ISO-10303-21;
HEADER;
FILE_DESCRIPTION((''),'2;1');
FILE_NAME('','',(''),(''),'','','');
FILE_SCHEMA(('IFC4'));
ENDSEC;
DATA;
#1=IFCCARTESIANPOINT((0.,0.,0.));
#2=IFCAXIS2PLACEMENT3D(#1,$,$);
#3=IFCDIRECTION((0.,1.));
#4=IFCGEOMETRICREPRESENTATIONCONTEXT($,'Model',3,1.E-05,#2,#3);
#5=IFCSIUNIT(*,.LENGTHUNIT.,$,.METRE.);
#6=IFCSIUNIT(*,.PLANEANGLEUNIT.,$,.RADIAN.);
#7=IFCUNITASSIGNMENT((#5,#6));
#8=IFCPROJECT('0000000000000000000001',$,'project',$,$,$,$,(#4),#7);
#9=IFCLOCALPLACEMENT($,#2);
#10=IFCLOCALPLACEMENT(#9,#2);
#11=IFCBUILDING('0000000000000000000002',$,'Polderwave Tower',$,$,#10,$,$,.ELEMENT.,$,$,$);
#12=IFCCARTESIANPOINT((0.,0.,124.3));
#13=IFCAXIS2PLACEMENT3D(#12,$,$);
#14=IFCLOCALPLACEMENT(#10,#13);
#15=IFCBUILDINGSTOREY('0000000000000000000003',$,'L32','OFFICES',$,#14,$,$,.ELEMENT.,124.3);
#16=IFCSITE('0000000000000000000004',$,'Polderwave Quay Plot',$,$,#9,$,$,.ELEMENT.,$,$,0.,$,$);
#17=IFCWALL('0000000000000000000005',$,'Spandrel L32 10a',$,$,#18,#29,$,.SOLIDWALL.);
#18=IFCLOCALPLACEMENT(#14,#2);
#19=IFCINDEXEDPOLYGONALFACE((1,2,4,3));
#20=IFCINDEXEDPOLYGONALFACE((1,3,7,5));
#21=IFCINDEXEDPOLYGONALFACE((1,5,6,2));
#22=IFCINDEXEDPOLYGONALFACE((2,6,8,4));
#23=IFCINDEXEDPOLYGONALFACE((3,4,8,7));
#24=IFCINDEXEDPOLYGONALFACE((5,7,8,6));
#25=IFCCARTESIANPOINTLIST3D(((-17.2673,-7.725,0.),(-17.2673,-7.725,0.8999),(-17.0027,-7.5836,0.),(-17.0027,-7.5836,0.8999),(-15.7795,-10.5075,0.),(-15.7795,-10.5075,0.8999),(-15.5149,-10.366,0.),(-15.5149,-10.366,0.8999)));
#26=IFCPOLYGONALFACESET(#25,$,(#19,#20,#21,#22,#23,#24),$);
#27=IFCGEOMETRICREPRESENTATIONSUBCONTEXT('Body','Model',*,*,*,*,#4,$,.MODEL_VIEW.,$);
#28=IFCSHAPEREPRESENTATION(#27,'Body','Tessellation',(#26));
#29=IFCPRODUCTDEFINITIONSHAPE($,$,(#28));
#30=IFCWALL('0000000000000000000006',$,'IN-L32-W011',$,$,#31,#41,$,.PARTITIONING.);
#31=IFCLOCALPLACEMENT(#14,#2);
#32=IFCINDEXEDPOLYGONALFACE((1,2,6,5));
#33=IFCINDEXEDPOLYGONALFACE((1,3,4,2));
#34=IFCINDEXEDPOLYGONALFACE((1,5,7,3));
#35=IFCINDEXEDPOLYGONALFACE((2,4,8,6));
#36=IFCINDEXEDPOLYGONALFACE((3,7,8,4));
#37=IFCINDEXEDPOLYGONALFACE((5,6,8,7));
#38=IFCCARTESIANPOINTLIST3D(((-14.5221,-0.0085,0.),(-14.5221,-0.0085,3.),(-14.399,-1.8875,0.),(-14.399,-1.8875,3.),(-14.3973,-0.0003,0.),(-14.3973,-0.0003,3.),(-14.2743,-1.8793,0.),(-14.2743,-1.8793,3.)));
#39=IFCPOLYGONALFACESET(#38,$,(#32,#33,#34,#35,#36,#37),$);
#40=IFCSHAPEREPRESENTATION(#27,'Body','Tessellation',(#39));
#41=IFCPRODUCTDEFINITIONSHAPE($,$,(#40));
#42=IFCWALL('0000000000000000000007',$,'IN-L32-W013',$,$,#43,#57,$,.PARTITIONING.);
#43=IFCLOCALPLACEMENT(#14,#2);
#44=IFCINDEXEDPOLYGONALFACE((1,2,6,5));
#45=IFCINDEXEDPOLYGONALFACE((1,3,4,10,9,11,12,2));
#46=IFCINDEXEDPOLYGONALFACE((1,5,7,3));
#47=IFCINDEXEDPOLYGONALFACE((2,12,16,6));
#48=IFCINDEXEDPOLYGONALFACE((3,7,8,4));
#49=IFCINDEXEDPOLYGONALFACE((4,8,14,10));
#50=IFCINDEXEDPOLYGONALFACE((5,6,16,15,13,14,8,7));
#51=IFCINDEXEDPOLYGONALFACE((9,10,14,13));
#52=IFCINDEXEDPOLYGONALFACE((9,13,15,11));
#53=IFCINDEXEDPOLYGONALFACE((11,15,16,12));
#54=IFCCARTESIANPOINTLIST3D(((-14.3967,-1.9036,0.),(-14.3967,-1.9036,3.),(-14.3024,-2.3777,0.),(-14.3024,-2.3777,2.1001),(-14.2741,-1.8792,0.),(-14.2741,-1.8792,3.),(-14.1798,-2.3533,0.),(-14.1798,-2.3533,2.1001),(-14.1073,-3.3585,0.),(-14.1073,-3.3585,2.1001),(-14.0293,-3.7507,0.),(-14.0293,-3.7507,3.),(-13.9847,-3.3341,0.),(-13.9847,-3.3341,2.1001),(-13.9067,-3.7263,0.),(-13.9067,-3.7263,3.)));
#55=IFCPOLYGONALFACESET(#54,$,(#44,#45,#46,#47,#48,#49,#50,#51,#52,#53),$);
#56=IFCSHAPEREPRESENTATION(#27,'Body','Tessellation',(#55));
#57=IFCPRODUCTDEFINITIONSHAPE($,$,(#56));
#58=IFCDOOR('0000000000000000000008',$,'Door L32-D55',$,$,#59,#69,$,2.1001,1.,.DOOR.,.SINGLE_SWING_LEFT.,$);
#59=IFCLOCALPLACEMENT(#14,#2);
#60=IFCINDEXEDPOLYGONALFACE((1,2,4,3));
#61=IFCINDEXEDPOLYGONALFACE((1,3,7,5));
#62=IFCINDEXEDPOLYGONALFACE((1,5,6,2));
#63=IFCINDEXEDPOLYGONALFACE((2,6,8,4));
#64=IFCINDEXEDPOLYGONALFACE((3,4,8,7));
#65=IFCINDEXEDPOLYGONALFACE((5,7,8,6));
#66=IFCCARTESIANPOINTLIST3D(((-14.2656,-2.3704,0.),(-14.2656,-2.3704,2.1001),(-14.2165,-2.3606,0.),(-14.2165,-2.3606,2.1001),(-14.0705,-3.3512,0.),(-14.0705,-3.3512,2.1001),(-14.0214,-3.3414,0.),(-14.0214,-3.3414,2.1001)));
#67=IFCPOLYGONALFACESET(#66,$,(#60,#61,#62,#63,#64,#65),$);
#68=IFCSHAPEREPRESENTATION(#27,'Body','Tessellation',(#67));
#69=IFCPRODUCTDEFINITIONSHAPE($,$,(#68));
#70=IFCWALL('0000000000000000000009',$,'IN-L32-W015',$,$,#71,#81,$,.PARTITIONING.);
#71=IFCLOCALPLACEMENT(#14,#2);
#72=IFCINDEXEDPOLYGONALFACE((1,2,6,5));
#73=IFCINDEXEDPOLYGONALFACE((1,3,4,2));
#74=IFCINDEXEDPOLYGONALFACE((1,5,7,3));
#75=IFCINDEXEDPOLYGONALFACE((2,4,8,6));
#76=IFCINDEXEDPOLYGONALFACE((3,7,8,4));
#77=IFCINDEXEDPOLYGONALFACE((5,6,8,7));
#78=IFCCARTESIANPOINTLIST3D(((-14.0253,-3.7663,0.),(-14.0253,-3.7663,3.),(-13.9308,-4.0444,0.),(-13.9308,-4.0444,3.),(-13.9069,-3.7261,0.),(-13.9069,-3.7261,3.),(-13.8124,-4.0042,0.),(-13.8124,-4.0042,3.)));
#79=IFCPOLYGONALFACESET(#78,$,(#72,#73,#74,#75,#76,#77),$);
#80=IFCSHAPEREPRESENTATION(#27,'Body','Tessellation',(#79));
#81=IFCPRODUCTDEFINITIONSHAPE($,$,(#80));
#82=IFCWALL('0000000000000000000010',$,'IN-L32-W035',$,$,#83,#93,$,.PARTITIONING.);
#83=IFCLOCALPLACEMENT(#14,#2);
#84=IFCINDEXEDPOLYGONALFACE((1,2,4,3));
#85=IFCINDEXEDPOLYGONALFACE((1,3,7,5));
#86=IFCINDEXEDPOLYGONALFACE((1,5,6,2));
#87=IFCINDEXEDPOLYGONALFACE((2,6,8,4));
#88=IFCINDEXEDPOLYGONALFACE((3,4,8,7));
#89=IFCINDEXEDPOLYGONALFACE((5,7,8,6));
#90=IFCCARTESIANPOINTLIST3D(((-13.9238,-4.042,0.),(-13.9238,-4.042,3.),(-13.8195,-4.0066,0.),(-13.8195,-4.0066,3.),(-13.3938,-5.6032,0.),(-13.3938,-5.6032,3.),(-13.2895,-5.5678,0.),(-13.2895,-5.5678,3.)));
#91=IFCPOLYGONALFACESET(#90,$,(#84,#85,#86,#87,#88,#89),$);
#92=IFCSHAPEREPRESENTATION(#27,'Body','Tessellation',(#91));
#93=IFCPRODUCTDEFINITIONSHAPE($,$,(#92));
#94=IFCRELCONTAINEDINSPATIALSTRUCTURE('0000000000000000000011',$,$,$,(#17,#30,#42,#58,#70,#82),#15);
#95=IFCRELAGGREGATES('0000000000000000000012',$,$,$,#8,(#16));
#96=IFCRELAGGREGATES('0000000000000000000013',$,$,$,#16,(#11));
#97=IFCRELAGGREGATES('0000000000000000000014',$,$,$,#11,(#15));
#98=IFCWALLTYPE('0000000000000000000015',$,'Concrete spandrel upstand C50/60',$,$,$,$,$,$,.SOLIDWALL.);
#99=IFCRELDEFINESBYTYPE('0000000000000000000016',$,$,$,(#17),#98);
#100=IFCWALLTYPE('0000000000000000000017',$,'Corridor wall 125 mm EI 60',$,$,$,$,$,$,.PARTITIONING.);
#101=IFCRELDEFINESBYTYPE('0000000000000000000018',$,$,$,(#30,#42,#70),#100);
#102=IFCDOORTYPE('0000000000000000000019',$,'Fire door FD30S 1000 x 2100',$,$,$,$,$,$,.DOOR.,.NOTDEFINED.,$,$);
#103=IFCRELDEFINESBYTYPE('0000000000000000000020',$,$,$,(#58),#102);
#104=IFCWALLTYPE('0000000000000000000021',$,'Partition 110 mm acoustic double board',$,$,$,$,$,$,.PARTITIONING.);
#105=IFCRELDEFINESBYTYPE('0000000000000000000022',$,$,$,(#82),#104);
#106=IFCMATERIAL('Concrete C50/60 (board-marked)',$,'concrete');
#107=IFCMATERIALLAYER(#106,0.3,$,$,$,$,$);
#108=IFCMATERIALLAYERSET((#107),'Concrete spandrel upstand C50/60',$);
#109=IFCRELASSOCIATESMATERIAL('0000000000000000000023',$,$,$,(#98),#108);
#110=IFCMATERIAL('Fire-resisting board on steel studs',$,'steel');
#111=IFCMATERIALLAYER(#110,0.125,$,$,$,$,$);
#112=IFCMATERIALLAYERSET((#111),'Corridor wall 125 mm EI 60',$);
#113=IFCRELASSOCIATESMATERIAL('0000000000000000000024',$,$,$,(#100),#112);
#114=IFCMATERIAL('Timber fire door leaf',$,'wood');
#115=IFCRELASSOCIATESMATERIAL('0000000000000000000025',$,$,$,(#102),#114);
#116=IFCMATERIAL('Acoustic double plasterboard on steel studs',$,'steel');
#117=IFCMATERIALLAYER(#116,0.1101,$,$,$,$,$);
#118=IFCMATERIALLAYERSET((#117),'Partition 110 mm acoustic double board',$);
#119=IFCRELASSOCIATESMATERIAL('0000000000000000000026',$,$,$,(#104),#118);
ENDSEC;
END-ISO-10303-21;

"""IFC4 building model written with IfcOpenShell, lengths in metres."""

from ifc_helpers import new_model, si_unit, direction, frame, frame_2d, origin, place, context, subcontext, project, spatial, rectangle, extrude, material, layer, layer_set, type_object, element, fill, save


model = new_model("IFC4")

# Units and contexts
model_context = context("Model", 3, precision=1e-05, world=origin(), true_north=direction((0.0, 1.0)))
body_context = subcontext(model_context, "Body", "Model", "MODEL_VIEW")
ifc_project = project(units=[si_unit("LENGTHUNIT", "METRE"), si_unit("PLANEANGLEUNIT", "RADIAN")], contexts=[model_context])

# Site, building, storey
site_placement = place(None, origin())
site = spatial("IfcSite", under=ifc_project, at=site_placement, Name="Polderwave Quay Plot", CompositionType="ELEMENT", RefElevation=0.0)
building_placement = place(site_placement, origin())
building = spatial("IfcBuilding", under=site, at=building_placement, Name="Polderwave Tower", CompositionType="ELEMENT")
storey_placement = place(building_placement, frame((0.0, 0.0, 124.3)))
storey = spatial("IfcBuildingStorey", under=building, at=storey_placement, Name="L32", Description="OFFICES", CompositionType="ELEMENT", Elevation=124.3)

# Walls
ifc_material_1 = material(Name="Concrete C50/60 (board-marked)", Category="concrete")
ifc_layer_1 = layer(ifc_material_1, 0.3)
ifc_layer_set_1 = layer_set([ifc_layer_1], Name="Concrete spandrel upstand C50/60")
wall_type_1 = type_object("IfcWallType", Name="Concrete spandrel upstand C50/60", PredefinedType="SOLIDWALL", material=ifc_layer_set_1)
wall_1_placement = place(storey_placement, frame((-17.135, -7.6543, 0.0), z_axis=(0.0, 0.0, 1.0), x_axis=(0.471528, -0.881851, 0.0)))
element("IfcWall", 1, at=wall_1_placement, inside=storey, type_object=wall_type_1, Name="Spandrel L32 10a", PredefinedType="SOLIDWALL", context=body_context, shape_type="SweptSolid", body=[
    extrude(rectangle(XDim=3.1553, YDim=0.3, at=frame_2d((1.5776, 0.0))), origin(), (0.0, 0.0, 1.0), 0.8999),
])
ifc_material_2 = material(Name="Fire-resisting board on steel studs", Category="steel")
ifc_layer_2 = layer(ifc_material_2, 0.125)
ifc_layer_set_2 = layer_set([ifc_layer_2], Name="Corridor wall 125 mm EI 60")
wall_type_2 = type_object("IfcWallType", Name="Corridor wall 125 mm EI 60", PredefinedType="PARTITIONING", material=ifc_layer_set_2)
wall_2_placement = place(storey_placement, frame((-14.3367, -1.8833, 0.0), z_axis=(0.0, 0.0, 1.0), x_axis=(-0.06534, 0.997863, 0.0)))
element("IfcWall", 2, at=wall_2_placement, inside=storey, type_object=wall_type_2, Name="IN-L32-W011", PredefinedType="PARTITIONING", context=body_context, shape_type="SweptSolid", body=[
    extrude(rectangle(XDim=1.8831, YDim=0.125, at=frame_2d((0.9414, 0.0))), origin(), (0.0, 0.0, 1.0), 3.0),
])

# Wall, opening, door
wall_3_placement = place(storey_placement, frame((-13.968, -3.7385, 0.0), z_axis=(0.0, 0.0, 1.0), x_axis=(-0.195094, 0.980785, 0.0)))
wall_3 = element("IfcWall", 3, at=wall_3_placement, inside=storey, type_object=wall_type_2, Name="IN-L32-W013", PredefinedType="PARTITIONING", context=body_context, shape_type="SweptSolid", body=[
    extrude(rectangle(XDim=1.8833, YDim=0.125, at=frame_2d((0.9417, 0.0))), origin(), (0.0, 0.0, 1.0), 3.0),
])
opening_placement = place(wall_3_placement, frame((0.3999, 0.0, 0.0)))
opening = element("IfcOpeningElement", 4, at=opening_placement, cuts=wall_3, PredefinedType="OPENING", context=body_context, shape_type="SweptSolid", body=[
    extrude(rectangle(XDim=1.0, YDim=2.1001, at=frame_2d((0.5, 1.05))), frame((0.0, 0.0725, 0.0), z_axis=(0.0, -1.0, 0.0), x_axis=(1.0, 0.0, 0.0)), (0.0, 0.0, 1.0), 0.145),
])
ifc_material_3 = material(Name="Timber fire door leaf", Category="wood")
door_type = type_object("IfcDoorType", Name="Fire door FD30S 1000 x 2100", OperationType="NOTDEFINED", PredefinedType="DOOR", material=ifc_material_3)
door_placement = place(opening_placement, origin())
door = element("IfcDoor", 5, at=door_placement, inside=storey, type_object=door_type, Name="Door L32-D55", OperationType="SINGLE_SWING_LEFT", OverallHeight=2.1001, OverallWidth=1.0, PredefinedType="DOOR", context=body_context, shape_type="SweptSolid", body=[
    extrude(rectangle(XDim=1.0, YDim=2.1001, at=frame_2d((0.5, 1.05))), frame((0.0, 0.0249, 0.0), z_axis=(0.0, -1.0, 0.0), x_axis=(1.0, 0.0, 0.0)), (0.0, 0.0, 1.0), 0.05),
])
fill(opening, door)

# Walls
wall_4_placement = place(storey_placement, frame((-13.8716, -4.0244, 0.0), z_axis=(0.0, 0.0, 1.0), x_axis=(-0.321709, 0.946839, 0.0)))
element("IfcWall", 6, at=wall_4_placement, inside=storey, type_object=wall_type_2, Name="IN-L32-W015", PredefinedType="PARTITIONING", context=body_context, shape_type="SweptSolid", body=[
    extrude(rectangle(XDim=0.2937, YDim=0.125, at=frame_2d((0.147, 0.0))), origin(), (0.0, 0.0, 1.0), 3.0),
])
ifc_material_4 = material(Name="Acoustic double plasterboard on steel studs", Category="steel")
ifc_layer_3 = layer(ifc_material_4, 0.1101)
ifc_layer_set_3 = layer_set([ifc_layer_3], Name="Partition 110 mm acoustic double board")
wall_type_3 = type_object("IfcWallType", Name="Partition 110 mm acoustic double board", PredefinedType="PARTITIONING", material=ifc_layer_set_3)
wall_5_placement = place(storey_placement, frame((-13.8716, -4.0244, 0.0), z_axis=(0.0, 0.0, 1.0), x_axis=(0.321465, -0.946922, 0.0)))
element("IfcWall", 7, at=wall_5_placement, inside=storey, type_object=wall_type_3, Name="IN-L32-W035", PredefinedType="PARTITIONING", context=body_context, shape_type="SweptSolid", body=[
    extrude(rectangle(XDim=1.6487, YDim=0.1101, at=frame_2d((0.8242, 0.0))), origin(), (0.0, 0.0, 1.0), 3.0),
])

save(model, "model.ifc")
